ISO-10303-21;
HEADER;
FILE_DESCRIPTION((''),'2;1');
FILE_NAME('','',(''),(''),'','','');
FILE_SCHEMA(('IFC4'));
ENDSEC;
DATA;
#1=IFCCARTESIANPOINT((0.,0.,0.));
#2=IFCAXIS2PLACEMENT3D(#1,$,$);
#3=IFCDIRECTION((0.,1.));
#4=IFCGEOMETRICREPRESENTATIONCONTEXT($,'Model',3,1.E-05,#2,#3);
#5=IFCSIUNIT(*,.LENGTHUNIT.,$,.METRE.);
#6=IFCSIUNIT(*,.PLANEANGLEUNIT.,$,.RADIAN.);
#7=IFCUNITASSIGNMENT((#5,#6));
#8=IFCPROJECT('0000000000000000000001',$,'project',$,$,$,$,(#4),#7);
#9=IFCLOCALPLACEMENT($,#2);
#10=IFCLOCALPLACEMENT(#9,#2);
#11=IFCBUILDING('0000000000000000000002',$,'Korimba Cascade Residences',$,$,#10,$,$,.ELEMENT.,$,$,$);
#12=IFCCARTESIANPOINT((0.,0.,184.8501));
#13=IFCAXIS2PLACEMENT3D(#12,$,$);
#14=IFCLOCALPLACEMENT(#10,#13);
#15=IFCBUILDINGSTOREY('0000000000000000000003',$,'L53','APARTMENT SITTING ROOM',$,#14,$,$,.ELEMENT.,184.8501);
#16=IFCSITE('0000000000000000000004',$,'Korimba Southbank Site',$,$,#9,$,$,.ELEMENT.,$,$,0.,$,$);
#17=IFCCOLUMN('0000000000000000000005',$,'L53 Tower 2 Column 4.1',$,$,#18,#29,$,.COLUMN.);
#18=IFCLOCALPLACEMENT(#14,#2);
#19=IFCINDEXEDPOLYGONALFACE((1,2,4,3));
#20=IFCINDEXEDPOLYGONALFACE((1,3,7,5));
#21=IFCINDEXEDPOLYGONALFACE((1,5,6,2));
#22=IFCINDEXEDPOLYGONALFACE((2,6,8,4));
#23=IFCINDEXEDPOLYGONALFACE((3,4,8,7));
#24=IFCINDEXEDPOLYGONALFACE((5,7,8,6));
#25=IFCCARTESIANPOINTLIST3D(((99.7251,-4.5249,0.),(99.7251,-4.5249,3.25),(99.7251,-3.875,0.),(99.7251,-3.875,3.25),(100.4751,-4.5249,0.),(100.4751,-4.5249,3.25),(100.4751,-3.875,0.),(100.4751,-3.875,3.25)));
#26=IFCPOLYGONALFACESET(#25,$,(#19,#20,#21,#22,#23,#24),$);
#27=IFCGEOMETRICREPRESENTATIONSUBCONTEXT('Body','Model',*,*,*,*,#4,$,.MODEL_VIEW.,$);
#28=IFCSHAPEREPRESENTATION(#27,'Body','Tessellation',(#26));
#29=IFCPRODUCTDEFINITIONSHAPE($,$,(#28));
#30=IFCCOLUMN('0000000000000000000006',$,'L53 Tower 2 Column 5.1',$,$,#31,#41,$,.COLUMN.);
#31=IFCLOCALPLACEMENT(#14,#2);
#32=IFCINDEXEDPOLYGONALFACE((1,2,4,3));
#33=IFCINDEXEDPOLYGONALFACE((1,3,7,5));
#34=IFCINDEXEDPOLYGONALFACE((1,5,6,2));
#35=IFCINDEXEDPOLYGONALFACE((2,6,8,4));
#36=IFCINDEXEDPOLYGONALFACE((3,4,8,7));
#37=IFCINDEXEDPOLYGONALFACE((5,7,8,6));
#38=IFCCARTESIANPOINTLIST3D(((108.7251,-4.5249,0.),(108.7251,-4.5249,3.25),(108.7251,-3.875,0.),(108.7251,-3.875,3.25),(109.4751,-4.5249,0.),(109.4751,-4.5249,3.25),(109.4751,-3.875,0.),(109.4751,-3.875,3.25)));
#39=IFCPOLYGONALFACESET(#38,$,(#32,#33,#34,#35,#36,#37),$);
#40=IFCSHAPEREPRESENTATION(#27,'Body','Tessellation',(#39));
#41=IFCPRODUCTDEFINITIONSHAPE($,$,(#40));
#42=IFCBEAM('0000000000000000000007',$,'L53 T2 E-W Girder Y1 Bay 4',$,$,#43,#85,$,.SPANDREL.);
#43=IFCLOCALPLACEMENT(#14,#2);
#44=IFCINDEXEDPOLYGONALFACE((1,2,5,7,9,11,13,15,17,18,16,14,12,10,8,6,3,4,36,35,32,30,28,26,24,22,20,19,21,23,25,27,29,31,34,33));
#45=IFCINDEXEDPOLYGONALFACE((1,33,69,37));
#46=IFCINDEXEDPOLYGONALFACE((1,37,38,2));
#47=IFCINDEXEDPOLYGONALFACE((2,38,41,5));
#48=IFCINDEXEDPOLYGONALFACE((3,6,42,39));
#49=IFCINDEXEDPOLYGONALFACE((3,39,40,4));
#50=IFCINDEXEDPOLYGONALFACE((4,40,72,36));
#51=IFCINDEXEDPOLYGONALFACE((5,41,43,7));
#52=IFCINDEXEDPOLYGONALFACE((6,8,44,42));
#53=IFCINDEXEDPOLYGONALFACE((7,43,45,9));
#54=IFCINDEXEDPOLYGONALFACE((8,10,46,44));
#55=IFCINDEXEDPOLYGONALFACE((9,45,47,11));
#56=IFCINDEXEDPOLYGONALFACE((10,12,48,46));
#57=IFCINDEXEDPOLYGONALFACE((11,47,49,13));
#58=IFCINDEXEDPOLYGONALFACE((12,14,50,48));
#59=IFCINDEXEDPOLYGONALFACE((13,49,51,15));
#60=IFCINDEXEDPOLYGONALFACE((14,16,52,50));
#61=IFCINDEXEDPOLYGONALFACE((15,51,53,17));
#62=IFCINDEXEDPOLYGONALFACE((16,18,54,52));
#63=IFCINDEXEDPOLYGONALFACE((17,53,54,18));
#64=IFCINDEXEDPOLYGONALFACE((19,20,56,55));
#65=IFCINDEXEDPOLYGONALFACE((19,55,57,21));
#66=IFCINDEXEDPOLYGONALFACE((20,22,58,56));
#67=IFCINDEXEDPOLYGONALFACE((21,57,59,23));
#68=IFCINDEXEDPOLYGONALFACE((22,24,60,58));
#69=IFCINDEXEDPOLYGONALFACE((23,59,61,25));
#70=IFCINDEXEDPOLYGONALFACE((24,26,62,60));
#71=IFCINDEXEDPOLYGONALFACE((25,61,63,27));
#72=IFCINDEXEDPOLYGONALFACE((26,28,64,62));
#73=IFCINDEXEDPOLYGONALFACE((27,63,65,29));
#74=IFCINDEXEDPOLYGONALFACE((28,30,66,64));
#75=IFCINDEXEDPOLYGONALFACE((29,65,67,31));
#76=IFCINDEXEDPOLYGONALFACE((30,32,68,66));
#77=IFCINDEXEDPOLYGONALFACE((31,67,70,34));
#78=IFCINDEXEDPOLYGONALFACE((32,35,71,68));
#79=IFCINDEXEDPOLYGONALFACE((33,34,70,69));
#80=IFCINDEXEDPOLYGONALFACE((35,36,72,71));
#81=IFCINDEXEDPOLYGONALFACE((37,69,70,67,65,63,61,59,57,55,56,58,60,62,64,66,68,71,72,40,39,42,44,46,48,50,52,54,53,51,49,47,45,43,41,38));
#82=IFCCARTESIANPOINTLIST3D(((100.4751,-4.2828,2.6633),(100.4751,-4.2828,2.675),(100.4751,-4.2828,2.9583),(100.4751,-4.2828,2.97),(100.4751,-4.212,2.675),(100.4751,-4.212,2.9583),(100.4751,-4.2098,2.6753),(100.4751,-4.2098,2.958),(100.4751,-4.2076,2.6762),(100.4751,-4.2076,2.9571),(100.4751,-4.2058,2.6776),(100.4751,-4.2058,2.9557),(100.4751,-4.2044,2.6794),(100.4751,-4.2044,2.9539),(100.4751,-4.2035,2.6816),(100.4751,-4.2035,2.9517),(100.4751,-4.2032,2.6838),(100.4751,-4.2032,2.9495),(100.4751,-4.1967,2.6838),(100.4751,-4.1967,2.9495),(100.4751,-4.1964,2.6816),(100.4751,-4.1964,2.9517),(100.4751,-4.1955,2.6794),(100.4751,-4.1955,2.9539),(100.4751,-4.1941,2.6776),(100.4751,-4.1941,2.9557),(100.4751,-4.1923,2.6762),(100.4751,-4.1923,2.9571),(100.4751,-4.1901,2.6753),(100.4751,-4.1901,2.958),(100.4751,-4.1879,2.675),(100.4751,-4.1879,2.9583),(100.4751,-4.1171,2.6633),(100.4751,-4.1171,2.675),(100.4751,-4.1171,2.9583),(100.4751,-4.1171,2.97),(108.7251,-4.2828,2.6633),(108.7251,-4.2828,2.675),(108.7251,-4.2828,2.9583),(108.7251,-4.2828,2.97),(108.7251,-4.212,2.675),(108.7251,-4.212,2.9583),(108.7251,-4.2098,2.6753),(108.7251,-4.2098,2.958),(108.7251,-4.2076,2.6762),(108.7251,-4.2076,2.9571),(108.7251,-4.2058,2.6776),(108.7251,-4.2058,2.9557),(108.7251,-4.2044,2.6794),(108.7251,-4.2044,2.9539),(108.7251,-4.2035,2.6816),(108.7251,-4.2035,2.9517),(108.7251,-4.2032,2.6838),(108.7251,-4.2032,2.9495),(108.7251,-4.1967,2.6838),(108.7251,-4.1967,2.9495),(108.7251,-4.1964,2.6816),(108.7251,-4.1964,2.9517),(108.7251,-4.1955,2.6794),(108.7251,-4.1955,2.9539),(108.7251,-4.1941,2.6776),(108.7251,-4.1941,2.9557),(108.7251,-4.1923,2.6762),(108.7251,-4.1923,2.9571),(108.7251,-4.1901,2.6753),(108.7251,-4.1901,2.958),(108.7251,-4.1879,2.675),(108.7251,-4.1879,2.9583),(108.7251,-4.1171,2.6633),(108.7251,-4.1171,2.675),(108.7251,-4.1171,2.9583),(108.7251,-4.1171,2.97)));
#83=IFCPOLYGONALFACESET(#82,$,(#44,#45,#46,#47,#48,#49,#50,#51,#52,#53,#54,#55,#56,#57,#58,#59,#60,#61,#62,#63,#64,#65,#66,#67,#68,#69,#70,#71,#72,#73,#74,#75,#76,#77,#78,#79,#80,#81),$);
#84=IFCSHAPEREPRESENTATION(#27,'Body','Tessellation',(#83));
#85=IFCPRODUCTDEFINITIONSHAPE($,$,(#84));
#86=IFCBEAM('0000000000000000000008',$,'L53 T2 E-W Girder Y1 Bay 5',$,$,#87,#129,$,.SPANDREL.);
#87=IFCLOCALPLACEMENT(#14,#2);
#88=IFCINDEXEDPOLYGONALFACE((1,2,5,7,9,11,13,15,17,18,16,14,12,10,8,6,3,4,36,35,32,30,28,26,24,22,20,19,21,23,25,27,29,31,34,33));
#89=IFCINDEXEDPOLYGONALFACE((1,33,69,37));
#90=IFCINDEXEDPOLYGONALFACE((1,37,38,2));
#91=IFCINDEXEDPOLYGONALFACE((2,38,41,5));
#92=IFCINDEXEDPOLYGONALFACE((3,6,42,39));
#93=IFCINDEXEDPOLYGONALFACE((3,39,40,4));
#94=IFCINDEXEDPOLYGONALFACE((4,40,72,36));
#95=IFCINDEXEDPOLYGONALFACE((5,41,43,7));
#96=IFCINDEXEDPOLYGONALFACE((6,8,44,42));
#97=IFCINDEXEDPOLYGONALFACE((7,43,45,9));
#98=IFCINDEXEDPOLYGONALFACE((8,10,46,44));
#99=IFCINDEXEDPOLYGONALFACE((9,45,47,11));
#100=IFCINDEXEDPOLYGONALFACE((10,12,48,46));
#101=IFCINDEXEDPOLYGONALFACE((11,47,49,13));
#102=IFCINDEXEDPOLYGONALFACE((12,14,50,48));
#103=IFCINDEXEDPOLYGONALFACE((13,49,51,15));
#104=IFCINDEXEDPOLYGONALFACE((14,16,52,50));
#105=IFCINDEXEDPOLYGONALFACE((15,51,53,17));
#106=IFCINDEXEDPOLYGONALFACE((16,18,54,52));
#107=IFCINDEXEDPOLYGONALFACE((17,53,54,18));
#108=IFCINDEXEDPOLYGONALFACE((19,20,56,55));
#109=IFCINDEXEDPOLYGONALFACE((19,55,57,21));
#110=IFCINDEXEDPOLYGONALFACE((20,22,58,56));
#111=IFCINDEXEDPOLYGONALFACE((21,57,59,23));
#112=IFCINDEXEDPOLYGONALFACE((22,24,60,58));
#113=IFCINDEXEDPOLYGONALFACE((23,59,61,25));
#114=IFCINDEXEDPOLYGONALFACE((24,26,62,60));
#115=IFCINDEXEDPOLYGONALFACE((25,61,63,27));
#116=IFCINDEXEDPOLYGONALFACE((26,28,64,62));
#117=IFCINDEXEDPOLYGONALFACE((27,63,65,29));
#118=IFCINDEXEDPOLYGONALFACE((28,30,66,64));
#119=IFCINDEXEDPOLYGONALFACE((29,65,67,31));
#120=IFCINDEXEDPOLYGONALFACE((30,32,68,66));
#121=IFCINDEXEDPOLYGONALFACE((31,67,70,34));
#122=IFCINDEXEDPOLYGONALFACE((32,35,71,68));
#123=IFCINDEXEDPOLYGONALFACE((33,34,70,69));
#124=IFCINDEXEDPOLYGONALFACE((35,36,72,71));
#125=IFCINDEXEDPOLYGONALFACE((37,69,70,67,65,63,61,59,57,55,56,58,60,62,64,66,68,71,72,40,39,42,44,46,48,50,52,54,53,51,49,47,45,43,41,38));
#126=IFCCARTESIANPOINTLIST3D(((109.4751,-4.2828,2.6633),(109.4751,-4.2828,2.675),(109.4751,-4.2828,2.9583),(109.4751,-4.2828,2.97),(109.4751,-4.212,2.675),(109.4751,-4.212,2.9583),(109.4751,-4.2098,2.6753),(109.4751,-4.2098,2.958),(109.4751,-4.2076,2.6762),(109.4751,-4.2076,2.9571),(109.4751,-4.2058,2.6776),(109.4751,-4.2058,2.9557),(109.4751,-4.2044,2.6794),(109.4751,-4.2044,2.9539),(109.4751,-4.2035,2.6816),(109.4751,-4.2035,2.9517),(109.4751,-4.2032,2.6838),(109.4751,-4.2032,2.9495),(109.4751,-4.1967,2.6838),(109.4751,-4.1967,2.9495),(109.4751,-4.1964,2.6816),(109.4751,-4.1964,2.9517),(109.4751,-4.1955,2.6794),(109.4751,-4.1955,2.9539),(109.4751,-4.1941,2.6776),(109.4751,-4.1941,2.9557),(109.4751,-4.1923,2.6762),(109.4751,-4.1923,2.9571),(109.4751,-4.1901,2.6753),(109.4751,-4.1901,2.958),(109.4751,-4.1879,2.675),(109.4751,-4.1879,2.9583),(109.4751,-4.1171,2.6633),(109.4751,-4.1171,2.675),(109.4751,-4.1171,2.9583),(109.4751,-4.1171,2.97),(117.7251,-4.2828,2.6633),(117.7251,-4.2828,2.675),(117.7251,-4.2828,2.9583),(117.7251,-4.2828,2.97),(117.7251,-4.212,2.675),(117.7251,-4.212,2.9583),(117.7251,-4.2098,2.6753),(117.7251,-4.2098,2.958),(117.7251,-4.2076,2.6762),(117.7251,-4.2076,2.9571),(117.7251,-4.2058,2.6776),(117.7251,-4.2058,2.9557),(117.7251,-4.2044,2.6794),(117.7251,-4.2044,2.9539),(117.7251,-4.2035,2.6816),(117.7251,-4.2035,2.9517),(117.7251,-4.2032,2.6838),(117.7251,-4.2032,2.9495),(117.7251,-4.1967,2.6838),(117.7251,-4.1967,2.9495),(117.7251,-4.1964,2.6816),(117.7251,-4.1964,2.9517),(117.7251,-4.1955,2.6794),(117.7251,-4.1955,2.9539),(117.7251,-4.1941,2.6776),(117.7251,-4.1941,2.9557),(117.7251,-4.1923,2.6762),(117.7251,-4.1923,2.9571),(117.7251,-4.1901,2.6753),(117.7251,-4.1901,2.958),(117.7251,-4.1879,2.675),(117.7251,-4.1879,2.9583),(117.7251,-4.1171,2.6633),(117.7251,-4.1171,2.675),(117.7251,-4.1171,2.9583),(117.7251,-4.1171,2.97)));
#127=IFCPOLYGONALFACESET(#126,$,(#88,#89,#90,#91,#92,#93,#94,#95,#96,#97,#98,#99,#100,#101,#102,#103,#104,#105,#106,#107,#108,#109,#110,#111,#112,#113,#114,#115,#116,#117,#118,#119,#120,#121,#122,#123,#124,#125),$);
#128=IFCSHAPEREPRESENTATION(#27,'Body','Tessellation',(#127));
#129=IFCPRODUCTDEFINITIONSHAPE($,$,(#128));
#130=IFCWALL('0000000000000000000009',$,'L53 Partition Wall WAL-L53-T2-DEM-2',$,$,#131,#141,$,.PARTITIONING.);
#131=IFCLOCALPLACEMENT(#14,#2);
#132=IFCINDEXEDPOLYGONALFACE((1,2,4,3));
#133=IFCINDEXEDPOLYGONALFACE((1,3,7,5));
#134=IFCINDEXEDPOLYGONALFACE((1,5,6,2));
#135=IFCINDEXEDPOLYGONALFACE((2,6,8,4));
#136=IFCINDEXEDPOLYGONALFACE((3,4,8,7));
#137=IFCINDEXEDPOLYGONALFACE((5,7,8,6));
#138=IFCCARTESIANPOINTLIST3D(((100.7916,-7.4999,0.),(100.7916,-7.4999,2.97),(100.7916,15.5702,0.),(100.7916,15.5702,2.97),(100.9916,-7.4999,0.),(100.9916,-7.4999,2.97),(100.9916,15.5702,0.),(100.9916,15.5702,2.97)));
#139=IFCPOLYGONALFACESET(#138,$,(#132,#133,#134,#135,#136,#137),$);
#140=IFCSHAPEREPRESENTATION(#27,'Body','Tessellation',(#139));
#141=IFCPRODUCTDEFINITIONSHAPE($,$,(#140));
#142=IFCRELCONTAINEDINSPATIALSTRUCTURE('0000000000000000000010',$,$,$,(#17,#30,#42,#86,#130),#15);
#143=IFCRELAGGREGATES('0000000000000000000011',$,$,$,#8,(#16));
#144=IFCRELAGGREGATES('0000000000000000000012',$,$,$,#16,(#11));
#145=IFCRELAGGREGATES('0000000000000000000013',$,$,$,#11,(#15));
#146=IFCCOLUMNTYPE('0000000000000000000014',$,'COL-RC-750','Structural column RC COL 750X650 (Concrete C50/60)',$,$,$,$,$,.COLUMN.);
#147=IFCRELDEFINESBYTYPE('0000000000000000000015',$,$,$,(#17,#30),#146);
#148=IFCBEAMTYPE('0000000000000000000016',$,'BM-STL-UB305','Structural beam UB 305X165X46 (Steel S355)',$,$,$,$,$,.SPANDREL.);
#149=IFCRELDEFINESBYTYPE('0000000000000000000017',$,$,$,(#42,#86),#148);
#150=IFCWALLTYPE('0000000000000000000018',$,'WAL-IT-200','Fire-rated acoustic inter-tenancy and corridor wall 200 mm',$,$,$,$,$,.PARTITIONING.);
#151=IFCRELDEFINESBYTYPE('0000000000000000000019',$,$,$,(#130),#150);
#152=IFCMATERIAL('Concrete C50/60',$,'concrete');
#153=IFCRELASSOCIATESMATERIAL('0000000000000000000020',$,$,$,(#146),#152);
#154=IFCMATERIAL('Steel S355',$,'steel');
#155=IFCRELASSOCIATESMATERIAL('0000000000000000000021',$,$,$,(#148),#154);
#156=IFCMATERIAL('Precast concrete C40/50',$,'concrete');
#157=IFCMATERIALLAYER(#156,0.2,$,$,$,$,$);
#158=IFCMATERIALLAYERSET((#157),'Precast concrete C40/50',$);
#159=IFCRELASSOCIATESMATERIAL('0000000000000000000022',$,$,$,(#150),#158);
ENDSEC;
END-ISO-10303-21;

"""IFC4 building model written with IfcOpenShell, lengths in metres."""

from ifc_helpers import new_model, si_unit, direction, frame, frame_2d, origin, origin_2d, place, context, subcontext, project, spatial, rectangle, i_section, extrude, material, layer, layer_set, material_profile, profile_set, type_object, element, save


model = new_model("IFC4")

# Units and contexts
model_context = context("Model", 3, precision=1e-05, world=origin(), true_north=direction((0.0, 1.0)))
body_context = subcontext(model_context, "Body", "Model", "MODEL_VIEW")
ifc_project = project(units=[si_unit("LENGTHUNIT", "METRE"), si_unit("PLANEANGLEUNIT", "RADIAN")], contexts=[model_context])

# Site, building, storey
site_placement = place(None, origin())
site = spatial("IfcSite", under=ifc_project, at=site_placement, Name="Korimba Southbank Site", CompositionType="ELEMENT", RefElevation=0.0)
building_placement = place(site_placement, origin())
building = spatial("IfcBuilding", under=site, at=building_placement, Name="Korimba Cascade Residences", CompositionType="ELEMENT")
storey_placement = place(building_placement, frame((0.0, 0.0, 184.8501)))
storey = spatial("IfcBuildingStorey", under=building, at=storey_placement, Name="L53", Description="APARTMENT SITTING ROOM", CompositionType="ELEMENT", Elevation=184.8501)

# Columns
ifc_material_1 = material(Name="Concrete C50/60", Category="concrete")
ifc_material_profile_1 = material_profile(ifc_material_1, rectangle(XDim=0.75, YDim=0.6499, at=origin_2d()), Name="Concrete C50/60")
ifc_profile_set_1 = profile_set([ifc_material_profile_1], Name="Concrete C50/60")
column_type = type_object("IfcColumnType", Name="COL-RC-750", Description="Structural column RC COL 750X650 (Concrete C50/60)", PredefinedType="COLUMN", material=ifc_profile_set_1)
for number, where, z_axis, x_axis, name in (
    (1, (100.1001, -4.2, 0.0), (0.0, 0.0, 1.0), (1.0, 0.0, 0.0), "L53 Tower 2 Column 4.1"),
    (2, (109.1001, -4.2, 0.0), (0.0, 0.0, 1.0), (1.0, 0.0, 0.0), "L53 Tower 2 Column 5.1"),
):
    element("IfcColumn", number, at=place(storey_placement, frame(where, z_axis=z_axis, x_axis=x_axis)), inside=storey, type_object=column_type, Name=name, PredefinedType="COLUMN", context=body_context, shape_type="SweptSolid", body=[
        extrude(rectangle(XDim=0.75, YDim=0.6499, at=origin_2d()), origin(), (0.0, 0.0, 1.0), 3.25),
    ])

# Beams
ifc_material_2 = material(Name="Steel S355", Category="steel")
ifc_material_profile_2 = material_profile(ifc_material_2, i_section(OverallWidth=0.1658, OverallDepth=0.3066, WebThickness=0.0066, FlangeThickness=0.0117, FilletRadius=0.0088, at=origin_2d()), Name="Steel S355")
ifc_profile_set_2 = profile_set([ifc_material_profile_2], Name="Steel S355")
beam_type = type_object("IfcBeamType", Name="BM-STL-UB305", Description="Structural beam UB 305X165X46 (Steel S355)", PredefinedType="SPANDREL", material=ifc_profile_set_2)
for number, where, z_axis, x_axis, name in (
    (3, (100.4751, -4.2, 2.8167), (1.0, 0.0, 0.0), (0.0, 1.0, 0.0), "L53 T2 E-W Girder Y1 Bay 4"),
    (4, (109.4751, -4.2, 2.8167), (1.0, 0.0, 0.0), (0.0, 1.0, 0.0), "L53 T2 E-W Girder Y1 Bay 5"),
):
    element("IfcBeam", number, at=place(storey_placement, frame(where, z_axis=z_axis, x_axis=x_axis)), inside=storey, type_object=beam_type, Name=name, PredefinedType="SPANDREL", context=body_context, shape_type="SweptSolid", body=[
        extrude(i_section(OverallWidth=0.1658, OverallDepth=0.3066, WebThickness=0.0066, FlangeThickness=0.0117, FilletRadius=0.0088, at=origin_2d()), origin(), (0.0, 0.0, 1.0), 8.25),
    ])

# Wall
ifc_material_3 = material(Name="Precast concrete C40/50", Category="concrete")
ifc_layer_1 = layer(ifc_material_3, 0.2)
ifc_layer_set_1 = layer_set([ifc_layer_1], Name="Precast concrete C40/50")
wall_type_1 = type_object("IfcWallType", Name="WAL-IT-200", Description="Fire-rated acoustic inter-tenancy and corridor wall 200 mm", PredefinedType="PARTITIONING", material=ifc_layer_set_1)
wall_1_placement = place(storey_placement, frame((100.8916, -7.5, 0.0), z_axis=(0.0, 0.0, 1.0), x_axis=(0.0, 1.0, 0.0)))
element("IfcWall", 5, at=wall_1_placement, inside=storey, type_object=wall_type_1, Name="L53 Partition Wall WAL-L53-T2-DEM-2", PredefinedType="PARTITIONING", context=body_context, shape_type="SweptSolid", body=[
    extrude(rectangle(XDim=23.0701, YDim=0.2, at=frame_2d((11.5352, 0.0))), origin(), (0.0, 0.0, 1.0), 2.97),
])

save(model, "model.ifc")
